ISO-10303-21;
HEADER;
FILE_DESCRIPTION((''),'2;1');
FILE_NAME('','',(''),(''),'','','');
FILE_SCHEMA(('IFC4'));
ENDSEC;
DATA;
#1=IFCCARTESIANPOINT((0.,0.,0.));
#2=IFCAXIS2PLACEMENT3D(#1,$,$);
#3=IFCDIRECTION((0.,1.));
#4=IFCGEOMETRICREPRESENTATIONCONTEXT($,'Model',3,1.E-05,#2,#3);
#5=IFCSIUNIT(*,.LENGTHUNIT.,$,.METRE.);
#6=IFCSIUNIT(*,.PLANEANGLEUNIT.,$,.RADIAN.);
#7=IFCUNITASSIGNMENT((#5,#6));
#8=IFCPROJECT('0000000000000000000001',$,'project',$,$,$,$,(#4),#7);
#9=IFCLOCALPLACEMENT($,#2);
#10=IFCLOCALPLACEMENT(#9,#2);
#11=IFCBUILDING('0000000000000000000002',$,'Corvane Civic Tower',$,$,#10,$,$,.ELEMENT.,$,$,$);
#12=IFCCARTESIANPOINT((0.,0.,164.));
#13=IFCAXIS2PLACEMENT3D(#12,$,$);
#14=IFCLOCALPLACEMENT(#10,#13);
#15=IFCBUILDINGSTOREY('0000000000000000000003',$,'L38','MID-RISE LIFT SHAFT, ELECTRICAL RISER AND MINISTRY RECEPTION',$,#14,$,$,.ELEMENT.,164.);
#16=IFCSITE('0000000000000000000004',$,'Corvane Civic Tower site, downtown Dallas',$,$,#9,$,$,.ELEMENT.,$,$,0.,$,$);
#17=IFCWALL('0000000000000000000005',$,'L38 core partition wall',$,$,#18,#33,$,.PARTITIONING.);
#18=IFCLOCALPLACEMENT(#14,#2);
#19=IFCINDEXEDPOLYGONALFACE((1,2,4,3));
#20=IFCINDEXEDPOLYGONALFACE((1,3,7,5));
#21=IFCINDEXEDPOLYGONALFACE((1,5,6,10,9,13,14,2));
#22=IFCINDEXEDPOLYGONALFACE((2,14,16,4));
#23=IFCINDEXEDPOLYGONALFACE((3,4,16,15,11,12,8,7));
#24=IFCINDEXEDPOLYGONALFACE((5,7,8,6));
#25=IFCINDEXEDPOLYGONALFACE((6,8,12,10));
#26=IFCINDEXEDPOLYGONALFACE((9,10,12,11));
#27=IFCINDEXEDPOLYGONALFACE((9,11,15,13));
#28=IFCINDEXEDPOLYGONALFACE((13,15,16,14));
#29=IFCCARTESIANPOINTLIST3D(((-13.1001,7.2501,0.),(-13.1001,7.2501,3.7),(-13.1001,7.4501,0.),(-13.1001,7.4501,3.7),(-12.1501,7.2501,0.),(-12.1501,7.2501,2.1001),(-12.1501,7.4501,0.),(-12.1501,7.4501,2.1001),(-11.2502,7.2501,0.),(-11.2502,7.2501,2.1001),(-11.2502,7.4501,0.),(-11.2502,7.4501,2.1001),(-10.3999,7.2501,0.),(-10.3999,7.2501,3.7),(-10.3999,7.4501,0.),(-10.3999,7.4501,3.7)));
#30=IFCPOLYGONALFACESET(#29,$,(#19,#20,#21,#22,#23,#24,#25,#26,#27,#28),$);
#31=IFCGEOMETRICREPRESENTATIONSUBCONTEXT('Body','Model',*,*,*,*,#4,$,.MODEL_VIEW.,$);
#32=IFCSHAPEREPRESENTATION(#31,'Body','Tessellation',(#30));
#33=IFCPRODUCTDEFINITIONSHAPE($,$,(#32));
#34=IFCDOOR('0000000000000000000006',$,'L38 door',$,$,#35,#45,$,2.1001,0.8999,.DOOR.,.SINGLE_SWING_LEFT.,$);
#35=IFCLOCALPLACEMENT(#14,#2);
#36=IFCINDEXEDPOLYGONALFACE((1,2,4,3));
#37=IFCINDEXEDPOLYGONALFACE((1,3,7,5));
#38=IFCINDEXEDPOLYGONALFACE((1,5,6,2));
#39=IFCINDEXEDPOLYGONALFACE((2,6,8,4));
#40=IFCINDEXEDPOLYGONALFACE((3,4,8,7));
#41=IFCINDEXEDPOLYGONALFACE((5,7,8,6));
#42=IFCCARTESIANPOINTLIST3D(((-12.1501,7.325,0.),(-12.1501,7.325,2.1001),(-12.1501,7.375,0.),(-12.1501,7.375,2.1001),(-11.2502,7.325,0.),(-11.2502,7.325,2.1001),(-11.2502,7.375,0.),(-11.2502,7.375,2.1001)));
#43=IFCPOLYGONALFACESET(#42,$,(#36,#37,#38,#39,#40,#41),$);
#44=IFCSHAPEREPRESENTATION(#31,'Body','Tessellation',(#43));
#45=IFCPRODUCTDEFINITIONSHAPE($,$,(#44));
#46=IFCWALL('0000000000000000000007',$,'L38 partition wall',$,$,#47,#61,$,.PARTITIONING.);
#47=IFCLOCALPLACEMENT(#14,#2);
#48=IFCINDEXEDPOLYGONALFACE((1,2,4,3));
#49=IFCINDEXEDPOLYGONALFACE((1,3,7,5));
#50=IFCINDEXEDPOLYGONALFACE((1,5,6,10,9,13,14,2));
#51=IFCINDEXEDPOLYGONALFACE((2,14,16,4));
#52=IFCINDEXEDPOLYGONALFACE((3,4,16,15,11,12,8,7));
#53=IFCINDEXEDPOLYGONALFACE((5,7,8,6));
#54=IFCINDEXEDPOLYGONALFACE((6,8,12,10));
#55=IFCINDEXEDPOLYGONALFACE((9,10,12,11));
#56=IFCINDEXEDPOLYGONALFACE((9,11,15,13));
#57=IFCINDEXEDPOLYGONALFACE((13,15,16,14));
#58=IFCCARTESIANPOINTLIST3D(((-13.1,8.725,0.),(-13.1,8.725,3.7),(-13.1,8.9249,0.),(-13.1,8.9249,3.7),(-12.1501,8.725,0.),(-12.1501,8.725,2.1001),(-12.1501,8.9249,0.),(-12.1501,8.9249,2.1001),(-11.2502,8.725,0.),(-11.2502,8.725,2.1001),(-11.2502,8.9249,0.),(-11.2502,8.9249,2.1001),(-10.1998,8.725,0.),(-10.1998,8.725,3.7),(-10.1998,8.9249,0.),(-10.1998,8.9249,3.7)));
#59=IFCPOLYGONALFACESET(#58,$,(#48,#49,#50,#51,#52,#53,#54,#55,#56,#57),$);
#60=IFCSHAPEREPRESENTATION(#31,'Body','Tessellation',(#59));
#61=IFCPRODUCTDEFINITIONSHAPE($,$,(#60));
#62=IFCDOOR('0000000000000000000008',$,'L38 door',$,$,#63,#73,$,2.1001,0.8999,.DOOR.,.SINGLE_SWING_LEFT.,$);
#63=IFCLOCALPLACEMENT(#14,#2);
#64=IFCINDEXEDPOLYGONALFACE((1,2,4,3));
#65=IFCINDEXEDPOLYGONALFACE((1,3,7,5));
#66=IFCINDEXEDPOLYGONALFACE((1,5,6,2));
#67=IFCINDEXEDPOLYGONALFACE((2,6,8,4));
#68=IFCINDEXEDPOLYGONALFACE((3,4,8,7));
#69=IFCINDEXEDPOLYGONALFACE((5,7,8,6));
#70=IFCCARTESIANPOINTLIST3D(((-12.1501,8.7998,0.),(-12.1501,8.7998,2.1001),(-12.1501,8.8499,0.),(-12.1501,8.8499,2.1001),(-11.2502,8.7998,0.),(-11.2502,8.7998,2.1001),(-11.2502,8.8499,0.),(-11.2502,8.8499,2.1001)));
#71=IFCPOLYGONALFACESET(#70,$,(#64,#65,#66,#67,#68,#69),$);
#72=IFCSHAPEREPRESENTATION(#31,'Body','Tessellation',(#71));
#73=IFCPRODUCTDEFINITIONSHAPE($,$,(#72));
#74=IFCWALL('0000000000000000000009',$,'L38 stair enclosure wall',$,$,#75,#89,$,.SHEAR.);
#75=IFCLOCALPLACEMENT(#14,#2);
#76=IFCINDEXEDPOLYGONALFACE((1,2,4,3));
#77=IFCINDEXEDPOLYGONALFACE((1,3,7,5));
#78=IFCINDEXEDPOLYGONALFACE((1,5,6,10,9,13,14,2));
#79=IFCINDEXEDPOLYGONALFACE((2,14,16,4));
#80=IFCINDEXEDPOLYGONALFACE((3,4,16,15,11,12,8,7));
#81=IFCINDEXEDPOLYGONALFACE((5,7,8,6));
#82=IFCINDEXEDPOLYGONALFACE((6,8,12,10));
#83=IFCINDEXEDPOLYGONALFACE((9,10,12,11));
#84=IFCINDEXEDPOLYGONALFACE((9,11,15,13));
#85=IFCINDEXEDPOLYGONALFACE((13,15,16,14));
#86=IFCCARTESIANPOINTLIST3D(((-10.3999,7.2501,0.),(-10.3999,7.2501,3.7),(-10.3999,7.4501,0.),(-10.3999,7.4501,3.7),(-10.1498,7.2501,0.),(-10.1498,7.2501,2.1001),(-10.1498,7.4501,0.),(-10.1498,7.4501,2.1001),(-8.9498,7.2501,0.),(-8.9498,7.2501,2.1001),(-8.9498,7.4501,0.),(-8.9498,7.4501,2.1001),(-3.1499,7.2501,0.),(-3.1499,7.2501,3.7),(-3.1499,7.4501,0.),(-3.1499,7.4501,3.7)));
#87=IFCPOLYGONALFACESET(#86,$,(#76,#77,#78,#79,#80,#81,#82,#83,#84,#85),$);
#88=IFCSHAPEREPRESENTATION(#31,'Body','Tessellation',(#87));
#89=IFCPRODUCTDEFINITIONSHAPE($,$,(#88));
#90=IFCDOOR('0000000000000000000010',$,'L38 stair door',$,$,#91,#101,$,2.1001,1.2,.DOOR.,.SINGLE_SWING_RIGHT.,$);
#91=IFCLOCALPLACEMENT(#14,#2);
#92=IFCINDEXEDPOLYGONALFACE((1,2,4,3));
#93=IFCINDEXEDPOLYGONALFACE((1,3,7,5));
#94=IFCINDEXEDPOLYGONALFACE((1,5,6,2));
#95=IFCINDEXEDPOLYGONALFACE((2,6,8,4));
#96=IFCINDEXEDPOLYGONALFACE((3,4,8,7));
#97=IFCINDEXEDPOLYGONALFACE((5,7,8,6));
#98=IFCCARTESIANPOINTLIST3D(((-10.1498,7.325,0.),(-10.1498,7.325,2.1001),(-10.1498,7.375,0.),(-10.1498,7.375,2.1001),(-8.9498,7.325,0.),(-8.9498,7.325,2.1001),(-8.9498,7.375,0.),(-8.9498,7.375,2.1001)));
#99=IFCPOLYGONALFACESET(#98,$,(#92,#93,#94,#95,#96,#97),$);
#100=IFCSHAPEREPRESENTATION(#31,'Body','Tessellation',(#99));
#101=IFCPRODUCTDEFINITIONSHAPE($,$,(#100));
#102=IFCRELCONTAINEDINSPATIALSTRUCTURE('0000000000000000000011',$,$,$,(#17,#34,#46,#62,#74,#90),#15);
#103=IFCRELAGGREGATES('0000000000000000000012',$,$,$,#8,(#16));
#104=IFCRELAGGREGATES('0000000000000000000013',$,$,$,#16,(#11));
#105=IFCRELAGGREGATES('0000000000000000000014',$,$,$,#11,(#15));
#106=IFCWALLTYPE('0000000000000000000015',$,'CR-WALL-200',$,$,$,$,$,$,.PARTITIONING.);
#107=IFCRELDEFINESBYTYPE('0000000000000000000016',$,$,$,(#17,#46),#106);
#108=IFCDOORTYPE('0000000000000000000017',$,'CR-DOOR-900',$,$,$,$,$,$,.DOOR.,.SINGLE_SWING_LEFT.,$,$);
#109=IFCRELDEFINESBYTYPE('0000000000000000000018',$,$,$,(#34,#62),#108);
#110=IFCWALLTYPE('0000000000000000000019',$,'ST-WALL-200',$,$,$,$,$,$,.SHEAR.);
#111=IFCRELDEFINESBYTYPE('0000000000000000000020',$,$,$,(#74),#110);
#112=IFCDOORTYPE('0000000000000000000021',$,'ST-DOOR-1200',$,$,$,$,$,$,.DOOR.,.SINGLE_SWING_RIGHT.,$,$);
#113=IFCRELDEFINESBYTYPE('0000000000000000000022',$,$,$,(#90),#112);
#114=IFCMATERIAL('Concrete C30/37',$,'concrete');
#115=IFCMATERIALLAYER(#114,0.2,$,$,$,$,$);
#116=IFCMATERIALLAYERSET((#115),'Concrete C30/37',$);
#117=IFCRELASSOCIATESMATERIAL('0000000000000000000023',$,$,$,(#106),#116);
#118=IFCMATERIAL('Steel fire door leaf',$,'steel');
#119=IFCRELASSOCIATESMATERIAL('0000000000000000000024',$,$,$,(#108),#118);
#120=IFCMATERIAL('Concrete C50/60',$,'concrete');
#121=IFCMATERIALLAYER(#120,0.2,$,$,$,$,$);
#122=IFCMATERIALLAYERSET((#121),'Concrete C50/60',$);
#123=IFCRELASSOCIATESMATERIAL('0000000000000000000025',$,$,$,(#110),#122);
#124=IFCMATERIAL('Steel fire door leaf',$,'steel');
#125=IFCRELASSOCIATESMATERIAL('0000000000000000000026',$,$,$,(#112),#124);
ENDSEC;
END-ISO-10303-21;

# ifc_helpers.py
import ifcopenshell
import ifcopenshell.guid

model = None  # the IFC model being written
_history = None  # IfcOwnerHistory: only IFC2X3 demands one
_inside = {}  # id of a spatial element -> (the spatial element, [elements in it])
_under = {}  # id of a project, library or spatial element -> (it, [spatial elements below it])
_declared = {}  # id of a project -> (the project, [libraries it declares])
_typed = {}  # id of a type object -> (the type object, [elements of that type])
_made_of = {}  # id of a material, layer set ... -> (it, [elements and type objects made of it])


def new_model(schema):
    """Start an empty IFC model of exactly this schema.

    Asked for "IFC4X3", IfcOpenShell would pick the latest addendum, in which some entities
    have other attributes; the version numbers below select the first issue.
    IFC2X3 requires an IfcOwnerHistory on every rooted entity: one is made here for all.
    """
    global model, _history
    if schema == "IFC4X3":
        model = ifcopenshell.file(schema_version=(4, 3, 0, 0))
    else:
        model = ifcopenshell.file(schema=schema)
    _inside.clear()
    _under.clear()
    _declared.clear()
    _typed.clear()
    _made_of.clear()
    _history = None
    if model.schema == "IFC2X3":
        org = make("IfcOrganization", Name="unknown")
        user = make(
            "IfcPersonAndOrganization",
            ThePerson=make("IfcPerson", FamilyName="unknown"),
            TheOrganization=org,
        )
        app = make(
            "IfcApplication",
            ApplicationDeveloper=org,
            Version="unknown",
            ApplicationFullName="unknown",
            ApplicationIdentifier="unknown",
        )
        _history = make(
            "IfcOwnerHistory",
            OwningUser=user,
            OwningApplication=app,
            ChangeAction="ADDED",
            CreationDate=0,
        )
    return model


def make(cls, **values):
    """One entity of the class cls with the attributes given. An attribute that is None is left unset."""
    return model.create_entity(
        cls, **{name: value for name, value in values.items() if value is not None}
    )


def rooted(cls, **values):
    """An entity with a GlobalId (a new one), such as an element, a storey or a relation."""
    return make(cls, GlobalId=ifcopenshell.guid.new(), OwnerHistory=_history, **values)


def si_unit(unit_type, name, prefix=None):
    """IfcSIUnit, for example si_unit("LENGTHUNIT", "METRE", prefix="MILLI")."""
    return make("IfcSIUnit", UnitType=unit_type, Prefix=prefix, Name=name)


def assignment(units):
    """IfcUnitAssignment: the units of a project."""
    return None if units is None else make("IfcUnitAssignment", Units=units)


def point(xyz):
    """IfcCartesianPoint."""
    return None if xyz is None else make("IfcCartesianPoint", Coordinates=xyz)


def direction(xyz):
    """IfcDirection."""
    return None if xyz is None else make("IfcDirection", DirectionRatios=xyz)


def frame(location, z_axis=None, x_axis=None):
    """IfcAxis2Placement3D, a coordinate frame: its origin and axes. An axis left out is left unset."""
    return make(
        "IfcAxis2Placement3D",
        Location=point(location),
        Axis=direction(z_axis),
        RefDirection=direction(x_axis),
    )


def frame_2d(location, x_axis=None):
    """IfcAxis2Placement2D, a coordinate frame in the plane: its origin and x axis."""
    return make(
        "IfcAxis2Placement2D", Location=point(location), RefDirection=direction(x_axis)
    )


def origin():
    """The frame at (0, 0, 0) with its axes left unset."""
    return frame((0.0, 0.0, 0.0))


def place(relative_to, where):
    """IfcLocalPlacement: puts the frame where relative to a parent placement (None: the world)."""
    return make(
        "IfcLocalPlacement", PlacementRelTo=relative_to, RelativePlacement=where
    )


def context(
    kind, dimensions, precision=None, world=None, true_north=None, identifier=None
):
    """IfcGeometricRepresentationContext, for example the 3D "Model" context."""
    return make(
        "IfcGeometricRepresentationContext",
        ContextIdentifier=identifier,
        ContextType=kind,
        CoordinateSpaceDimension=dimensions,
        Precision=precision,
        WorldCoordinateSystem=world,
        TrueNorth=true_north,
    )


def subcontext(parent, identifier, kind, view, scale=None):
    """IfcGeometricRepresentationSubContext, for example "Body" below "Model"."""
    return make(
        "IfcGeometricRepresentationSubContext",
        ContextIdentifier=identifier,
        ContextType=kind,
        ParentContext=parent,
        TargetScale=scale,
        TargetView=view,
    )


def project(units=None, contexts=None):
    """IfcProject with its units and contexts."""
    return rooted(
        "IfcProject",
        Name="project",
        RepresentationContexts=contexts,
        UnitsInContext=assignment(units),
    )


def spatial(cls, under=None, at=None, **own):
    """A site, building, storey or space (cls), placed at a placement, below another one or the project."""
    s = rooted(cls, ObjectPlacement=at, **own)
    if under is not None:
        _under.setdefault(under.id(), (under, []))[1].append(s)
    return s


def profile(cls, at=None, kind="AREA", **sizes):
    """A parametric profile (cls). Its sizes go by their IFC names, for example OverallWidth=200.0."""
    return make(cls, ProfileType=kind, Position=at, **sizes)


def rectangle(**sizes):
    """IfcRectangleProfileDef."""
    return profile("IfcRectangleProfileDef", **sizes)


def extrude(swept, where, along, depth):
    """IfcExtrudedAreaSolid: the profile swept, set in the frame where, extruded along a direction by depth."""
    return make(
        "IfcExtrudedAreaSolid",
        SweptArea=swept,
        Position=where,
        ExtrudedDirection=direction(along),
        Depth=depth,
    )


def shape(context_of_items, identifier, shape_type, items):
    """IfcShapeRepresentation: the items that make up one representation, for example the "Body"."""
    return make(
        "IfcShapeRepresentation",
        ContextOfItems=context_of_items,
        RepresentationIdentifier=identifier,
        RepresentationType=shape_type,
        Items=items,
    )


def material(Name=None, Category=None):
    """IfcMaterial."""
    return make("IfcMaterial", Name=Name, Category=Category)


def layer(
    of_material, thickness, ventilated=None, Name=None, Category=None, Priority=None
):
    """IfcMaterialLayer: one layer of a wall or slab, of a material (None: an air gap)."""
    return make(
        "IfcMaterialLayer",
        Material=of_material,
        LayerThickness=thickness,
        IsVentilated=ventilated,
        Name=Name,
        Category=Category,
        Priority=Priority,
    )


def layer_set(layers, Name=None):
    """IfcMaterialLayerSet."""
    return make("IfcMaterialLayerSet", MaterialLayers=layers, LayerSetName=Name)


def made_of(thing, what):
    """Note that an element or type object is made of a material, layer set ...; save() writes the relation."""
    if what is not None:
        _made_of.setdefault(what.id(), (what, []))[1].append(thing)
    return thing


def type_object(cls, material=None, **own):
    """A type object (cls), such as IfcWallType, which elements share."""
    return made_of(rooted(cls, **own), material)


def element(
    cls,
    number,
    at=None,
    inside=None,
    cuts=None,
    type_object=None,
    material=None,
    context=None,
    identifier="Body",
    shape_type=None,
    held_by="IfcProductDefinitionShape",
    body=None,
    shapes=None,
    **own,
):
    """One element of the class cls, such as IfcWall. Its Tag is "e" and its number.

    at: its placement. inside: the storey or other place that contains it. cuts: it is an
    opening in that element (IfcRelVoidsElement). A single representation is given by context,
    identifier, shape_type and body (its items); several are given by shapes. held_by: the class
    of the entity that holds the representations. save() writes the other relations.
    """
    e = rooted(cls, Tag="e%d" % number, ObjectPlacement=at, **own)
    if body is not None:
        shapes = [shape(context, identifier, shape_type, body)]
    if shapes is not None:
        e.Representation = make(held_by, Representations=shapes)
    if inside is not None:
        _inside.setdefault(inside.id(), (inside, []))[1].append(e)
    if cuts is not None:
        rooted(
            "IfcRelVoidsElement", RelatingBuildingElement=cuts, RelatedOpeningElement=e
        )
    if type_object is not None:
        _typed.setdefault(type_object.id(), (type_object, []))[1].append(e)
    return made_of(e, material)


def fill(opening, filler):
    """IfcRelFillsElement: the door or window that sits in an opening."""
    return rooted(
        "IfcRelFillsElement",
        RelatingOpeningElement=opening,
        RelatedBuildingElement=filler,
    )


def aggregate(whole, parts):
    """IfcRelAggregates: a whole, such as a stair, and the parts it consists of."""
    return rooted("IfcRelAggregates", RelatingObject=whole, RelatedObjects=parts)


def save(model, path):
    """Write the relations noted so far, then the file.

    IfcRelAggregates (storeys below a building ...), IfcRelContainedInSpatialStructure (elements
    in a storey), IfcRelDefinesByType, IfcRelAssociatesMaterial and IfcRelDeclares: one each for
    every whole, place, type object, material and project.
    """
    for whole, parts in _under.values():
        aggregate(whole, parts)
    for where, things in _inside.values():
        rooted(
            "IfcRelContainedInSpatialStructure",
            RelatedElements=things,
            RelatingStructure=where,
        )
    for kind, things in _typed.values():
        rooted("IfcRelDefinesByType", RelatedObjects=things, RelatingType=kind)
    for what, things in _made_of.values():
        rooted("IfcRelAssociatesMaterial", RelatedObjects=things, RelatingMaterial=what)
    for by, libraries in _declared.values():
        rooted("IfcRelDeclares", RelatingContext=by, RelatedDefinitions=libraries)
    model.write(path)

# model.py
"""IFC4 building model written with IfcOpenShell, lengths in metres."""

from ifc_helpers import new_model, si_unit, direction, frame, frame_2d, origin, place, context, subcontext, project, spatial, rectangle, extrude, material, layer, layer_set, type_object, element, fill, save


model = new_model("IFC4")

# Units and contexts
model_context = context("Model", 3, precision=1e-05, world=origin(), true_north=direction((0.0, 1.0)))
body_context = subcontext(model_context, "Body", "Model", "MODEL_VIEW")
ifc_project = project(units=[si_unit("LENGTHUNIT", "METRE"), si_unit("PLANEANGLEUNIT", "RADIAN")], contexts=[model_context])

# Site, building, storey
site_placement = place(None, origin())
site = spatial("IfcSite", under=ifc_project, at=site_placement, Name="Corvane Civic Tower site, downtown Dallas", CompositionType="ELEMENT", RefElevation=0.0)
building_placement = place(site_placement, origin())
building = spatial("IfcBuilding", under=site, at=building_placement, Name="Corvane Civic Tower", CompositionType="ELEMENT")
storey_placement = place(building_placement, frame((0.0, 0.0, 164.0)))
storey = spatial("IfcBuildingStorey", under=building, at=storey_placement, Name="L38", Description="MID-RISE LIFT SHAFT, ELECTRICAL RISER AND MINISTRY RECEPTION", CompositionType="ELEMENT", Elevation=164.0)

# Shared definitions
ifc_material_1 = material(Name="Concrete C30/37", Category="concrete")
ifc_layer_1 = layer(ifc_material_1, 0.2)
ifc_layer_set_1 = layer_set([ifc_layer_1], Name="Concrete C30/37")
wall_type_1 = type_object("IfcWallType", Name="CR-WALL-200", PredefinedType="PARTITIONING", material=ifc_layer_set_1)
ifc_material_2 = material(Name="Steel fire door leaf", Category="steel")
door_type_1 = type_object("IfcDoorType", Name="CR-DOOR-900", OperationType="SINGLE_SWING_LEFT", PredefinedType="DOOR", material=ifc_material_2)

# Walls, openings, doors
wall_1_placement = place(storey_placement, frame((-13.1001, 7.3501, 0.0), z_axis=(0.0, 0.0, 1.0), x_axis=(1.0, 0.0, 0.0)))
wall_1 = element("IfcWall", 1, at=wall_1_placement, inside=storey, type_object=wall_type_1, Name="L38 core partition wall", PredefinedType="PARTITIONING", context=body_context, shape_type="SweptSolid", body=[
    extrude(rectangle(XDim=2.7002, YDim=0.2, at=frame_2d((1.3501, 0.0))), origin(), (0.0, 0.0, 1.0), 3.7),
])
opening_1_placement = place(wall_1_placement, frame((0.95, 0.0, 0.0)))
opening_1 = element("IfcOpeningElement", 2, at=opening_1_placement, cuts=wall_1, PredefinedType="OPENING", context=body_context, shape_type="SweptSolid", body=[
    extrude(rectangle(XDim=0.8999, YDim=2.1001, at=frame_2d((0.45, 1.05))), frame((0.0, 0.1099, 0.0), z_axis=(0.0, -1.0, 0.0), x_axis=(1.0, 0.0, 0.0)), (0.0, 0.0, 1.0), 0.22),
])
door_1_placement = place(opening_1_placement, origin())
door_1 = element("IfcDoor", 3, at=door_1_placement, inside=storey, type_object=door_type_1, Name="L38 door", OperationType="SINGLE_SWING_LEFT", OverallHeight=2.1001, OverallWidth=0.8999, PredefinedType="DOOR", context=body_context, shape_type="SweptSolid", body=[
    extrude(rectangle(XDim=0.8999, YDim=2.1001, at=frame_2d((0.45, 1.05))), frame((0.0, 0.0249, 0.0), z_axis=(0.0, -1.0, 0.0), x_axis=(1.0, 0.0, 0.0)), (0.0, 0.0, 1.0), 0.05),
])
fill(opening_1, door_1)
wall_2_placement = place(storey_placement, frame((-13.1001, 8.825, 0.0), z_axis=(0.0, 0.0, 1.0), x_axis=(1.0, 0.0, 0.0)))
wall_2 = element("IfcWall", 4, at=wall_2_placement, inside=storey, type_object=wall_type_1, Name="L38 partition wall", PredefinedType="PARTITIONING", context=body_context, shape_type="SweptSolid", body=[
    extrude(rectangle(XDim=2.9001, YDim=0.2, at=frame_2d((1.4502, 0.0))), origin(), (0.0, 0.0, 1.0), 3.7),
])
opening_2_placement = place(wall_2_placement, frame((0.95, 0.0, 0.0)))
opening_2 = element("IfcOpeningElement", 5, at=opening_2_placement, cuts=wall_2, PredefinedType="OPENING", context=body_context, shape_type="SweptSolid", body=[
    extrude(rectangle(XDim=0.8999, YDim=2.1001, at=frame_2d((0.45, 1.05))), frame((0.0, 0.1099, 0.0), z_axis=(0.0, -1.0, 0.0), x_axis=(1.0, 0.0, 0.0)), (0.0, 0.0, 1.0), 0.22),
])
door_2_placement = place(opening_2_placement, origin())
door_2 = element("IfcDoor", 6, at=door_2_placement, inside=storey, type_object=door_type_1, Name="L38 door", OperationType="SINGLE_SWING_LEFT", OverallHeight=2.1001, OverallWidth=0.8999, PredefinedType="DOOR", context=body_context, shape_type="SweptSolid", body=[
    extrude(rectangle(XDim=0.8999, YDim=2.1001, at=frame_2d((0.45, 1.05))), frame((0.0, 0.0249, 0.0), z_axis=(0.0, -1.0, 0.0), x_axis=(1.0, 0.0, 0.0)), (0.0, 0.0, 1.0), 0.05),
])
fill(opening_2, door_2)
ifc_material_3 = material(Name="Concrete C50/60", Category="concrete")
ifc_layer_2 = layer(ifc_material_3, 0.2)
ifc_layer_set_2 = layer_set([ifc_layer_2], Name="Concrete C50/60")
wall_type_2 = type_object("IfcWallType", Name="ST-WALL-200", PredefinedType="SHEAR", material=ifc_layer_set_2)
wall_3_placement = place(storey_placement, frame((-10.3999, 7.3501, 0.0), z_axis=(0.0, 0.0, 1.0), x_axis=(1.0, 0.0, 0.0)))
wall_3 = element("IfcWall", 7, at=wall_3_placement, inside=storey, type_object=wall_type_2, Name="L38 stair enclosure wall", PredefinedType="SHEAR", context=body_context, shape_type="SweptSolid", body=[
    extrude(rectangle(XDim=7.25, YDim=0.2, at=frame_2d((3.625, 0.0))), origin(), (0.0, 0.0, 1.0), 3.7),
])
opening_3_placement = place(wall_3_placement, frame((0.25, 0.0, 0.0)))
opening_3 = element("IfcOpeningElement", 8, at=opening_3_placement, cuts=wall_3, PredefinedType="OPENING", context=body_context, shape_type="SweptSolid", body=[
    extrude(rectangle(XDim=1.2, YDim=2.1001, at=frame_2d((0.6001, 1.05))), frame((0.0, 0.1099, 0.0), z_axis=(0.0, -1.0, 0.0), x_axis=(1.0, 0.0, 0.0)), (0.0, 0.0, 1.0), 0.22),
])
ifc_material_4 = material(Name="Steel fire door leaf", Category="steel")
door_type_2 = type_object("IfcDoorType", Name="ST-DOOR-1200", OperationType="SINGLE_SWING_RIGHT", PredefinedType="DOOR", material=ifc_material_4)
door_3_placement = place(opening_3_placement, origin())
door_3 = element("IfcDoor", 9, at=door_3_placement, inside=storey, type_object=door_type_2, Name="L38 stair door", OperationType="SINGLE_SWING_RIGHT", OverallHeight=2.1001, OverallWidth=1.2, PredefinedType="DOOR", context=body_context, shape_type="SweptSolid", body=[
    extrude(rectangle(XDim=1.2, YDim=2.1001, at=frame_2d((0.6001, 1.05))), frame((0.0, 0.0249, 0.0), z_axis=(0.0, -1.0, 0.0), x_axis=(1.0, 0.0, 0.0)), (0.0, 0.0, 1.0), 0.05),
])
fill(opening_3, door_3)

save(model, "model.ifc")
